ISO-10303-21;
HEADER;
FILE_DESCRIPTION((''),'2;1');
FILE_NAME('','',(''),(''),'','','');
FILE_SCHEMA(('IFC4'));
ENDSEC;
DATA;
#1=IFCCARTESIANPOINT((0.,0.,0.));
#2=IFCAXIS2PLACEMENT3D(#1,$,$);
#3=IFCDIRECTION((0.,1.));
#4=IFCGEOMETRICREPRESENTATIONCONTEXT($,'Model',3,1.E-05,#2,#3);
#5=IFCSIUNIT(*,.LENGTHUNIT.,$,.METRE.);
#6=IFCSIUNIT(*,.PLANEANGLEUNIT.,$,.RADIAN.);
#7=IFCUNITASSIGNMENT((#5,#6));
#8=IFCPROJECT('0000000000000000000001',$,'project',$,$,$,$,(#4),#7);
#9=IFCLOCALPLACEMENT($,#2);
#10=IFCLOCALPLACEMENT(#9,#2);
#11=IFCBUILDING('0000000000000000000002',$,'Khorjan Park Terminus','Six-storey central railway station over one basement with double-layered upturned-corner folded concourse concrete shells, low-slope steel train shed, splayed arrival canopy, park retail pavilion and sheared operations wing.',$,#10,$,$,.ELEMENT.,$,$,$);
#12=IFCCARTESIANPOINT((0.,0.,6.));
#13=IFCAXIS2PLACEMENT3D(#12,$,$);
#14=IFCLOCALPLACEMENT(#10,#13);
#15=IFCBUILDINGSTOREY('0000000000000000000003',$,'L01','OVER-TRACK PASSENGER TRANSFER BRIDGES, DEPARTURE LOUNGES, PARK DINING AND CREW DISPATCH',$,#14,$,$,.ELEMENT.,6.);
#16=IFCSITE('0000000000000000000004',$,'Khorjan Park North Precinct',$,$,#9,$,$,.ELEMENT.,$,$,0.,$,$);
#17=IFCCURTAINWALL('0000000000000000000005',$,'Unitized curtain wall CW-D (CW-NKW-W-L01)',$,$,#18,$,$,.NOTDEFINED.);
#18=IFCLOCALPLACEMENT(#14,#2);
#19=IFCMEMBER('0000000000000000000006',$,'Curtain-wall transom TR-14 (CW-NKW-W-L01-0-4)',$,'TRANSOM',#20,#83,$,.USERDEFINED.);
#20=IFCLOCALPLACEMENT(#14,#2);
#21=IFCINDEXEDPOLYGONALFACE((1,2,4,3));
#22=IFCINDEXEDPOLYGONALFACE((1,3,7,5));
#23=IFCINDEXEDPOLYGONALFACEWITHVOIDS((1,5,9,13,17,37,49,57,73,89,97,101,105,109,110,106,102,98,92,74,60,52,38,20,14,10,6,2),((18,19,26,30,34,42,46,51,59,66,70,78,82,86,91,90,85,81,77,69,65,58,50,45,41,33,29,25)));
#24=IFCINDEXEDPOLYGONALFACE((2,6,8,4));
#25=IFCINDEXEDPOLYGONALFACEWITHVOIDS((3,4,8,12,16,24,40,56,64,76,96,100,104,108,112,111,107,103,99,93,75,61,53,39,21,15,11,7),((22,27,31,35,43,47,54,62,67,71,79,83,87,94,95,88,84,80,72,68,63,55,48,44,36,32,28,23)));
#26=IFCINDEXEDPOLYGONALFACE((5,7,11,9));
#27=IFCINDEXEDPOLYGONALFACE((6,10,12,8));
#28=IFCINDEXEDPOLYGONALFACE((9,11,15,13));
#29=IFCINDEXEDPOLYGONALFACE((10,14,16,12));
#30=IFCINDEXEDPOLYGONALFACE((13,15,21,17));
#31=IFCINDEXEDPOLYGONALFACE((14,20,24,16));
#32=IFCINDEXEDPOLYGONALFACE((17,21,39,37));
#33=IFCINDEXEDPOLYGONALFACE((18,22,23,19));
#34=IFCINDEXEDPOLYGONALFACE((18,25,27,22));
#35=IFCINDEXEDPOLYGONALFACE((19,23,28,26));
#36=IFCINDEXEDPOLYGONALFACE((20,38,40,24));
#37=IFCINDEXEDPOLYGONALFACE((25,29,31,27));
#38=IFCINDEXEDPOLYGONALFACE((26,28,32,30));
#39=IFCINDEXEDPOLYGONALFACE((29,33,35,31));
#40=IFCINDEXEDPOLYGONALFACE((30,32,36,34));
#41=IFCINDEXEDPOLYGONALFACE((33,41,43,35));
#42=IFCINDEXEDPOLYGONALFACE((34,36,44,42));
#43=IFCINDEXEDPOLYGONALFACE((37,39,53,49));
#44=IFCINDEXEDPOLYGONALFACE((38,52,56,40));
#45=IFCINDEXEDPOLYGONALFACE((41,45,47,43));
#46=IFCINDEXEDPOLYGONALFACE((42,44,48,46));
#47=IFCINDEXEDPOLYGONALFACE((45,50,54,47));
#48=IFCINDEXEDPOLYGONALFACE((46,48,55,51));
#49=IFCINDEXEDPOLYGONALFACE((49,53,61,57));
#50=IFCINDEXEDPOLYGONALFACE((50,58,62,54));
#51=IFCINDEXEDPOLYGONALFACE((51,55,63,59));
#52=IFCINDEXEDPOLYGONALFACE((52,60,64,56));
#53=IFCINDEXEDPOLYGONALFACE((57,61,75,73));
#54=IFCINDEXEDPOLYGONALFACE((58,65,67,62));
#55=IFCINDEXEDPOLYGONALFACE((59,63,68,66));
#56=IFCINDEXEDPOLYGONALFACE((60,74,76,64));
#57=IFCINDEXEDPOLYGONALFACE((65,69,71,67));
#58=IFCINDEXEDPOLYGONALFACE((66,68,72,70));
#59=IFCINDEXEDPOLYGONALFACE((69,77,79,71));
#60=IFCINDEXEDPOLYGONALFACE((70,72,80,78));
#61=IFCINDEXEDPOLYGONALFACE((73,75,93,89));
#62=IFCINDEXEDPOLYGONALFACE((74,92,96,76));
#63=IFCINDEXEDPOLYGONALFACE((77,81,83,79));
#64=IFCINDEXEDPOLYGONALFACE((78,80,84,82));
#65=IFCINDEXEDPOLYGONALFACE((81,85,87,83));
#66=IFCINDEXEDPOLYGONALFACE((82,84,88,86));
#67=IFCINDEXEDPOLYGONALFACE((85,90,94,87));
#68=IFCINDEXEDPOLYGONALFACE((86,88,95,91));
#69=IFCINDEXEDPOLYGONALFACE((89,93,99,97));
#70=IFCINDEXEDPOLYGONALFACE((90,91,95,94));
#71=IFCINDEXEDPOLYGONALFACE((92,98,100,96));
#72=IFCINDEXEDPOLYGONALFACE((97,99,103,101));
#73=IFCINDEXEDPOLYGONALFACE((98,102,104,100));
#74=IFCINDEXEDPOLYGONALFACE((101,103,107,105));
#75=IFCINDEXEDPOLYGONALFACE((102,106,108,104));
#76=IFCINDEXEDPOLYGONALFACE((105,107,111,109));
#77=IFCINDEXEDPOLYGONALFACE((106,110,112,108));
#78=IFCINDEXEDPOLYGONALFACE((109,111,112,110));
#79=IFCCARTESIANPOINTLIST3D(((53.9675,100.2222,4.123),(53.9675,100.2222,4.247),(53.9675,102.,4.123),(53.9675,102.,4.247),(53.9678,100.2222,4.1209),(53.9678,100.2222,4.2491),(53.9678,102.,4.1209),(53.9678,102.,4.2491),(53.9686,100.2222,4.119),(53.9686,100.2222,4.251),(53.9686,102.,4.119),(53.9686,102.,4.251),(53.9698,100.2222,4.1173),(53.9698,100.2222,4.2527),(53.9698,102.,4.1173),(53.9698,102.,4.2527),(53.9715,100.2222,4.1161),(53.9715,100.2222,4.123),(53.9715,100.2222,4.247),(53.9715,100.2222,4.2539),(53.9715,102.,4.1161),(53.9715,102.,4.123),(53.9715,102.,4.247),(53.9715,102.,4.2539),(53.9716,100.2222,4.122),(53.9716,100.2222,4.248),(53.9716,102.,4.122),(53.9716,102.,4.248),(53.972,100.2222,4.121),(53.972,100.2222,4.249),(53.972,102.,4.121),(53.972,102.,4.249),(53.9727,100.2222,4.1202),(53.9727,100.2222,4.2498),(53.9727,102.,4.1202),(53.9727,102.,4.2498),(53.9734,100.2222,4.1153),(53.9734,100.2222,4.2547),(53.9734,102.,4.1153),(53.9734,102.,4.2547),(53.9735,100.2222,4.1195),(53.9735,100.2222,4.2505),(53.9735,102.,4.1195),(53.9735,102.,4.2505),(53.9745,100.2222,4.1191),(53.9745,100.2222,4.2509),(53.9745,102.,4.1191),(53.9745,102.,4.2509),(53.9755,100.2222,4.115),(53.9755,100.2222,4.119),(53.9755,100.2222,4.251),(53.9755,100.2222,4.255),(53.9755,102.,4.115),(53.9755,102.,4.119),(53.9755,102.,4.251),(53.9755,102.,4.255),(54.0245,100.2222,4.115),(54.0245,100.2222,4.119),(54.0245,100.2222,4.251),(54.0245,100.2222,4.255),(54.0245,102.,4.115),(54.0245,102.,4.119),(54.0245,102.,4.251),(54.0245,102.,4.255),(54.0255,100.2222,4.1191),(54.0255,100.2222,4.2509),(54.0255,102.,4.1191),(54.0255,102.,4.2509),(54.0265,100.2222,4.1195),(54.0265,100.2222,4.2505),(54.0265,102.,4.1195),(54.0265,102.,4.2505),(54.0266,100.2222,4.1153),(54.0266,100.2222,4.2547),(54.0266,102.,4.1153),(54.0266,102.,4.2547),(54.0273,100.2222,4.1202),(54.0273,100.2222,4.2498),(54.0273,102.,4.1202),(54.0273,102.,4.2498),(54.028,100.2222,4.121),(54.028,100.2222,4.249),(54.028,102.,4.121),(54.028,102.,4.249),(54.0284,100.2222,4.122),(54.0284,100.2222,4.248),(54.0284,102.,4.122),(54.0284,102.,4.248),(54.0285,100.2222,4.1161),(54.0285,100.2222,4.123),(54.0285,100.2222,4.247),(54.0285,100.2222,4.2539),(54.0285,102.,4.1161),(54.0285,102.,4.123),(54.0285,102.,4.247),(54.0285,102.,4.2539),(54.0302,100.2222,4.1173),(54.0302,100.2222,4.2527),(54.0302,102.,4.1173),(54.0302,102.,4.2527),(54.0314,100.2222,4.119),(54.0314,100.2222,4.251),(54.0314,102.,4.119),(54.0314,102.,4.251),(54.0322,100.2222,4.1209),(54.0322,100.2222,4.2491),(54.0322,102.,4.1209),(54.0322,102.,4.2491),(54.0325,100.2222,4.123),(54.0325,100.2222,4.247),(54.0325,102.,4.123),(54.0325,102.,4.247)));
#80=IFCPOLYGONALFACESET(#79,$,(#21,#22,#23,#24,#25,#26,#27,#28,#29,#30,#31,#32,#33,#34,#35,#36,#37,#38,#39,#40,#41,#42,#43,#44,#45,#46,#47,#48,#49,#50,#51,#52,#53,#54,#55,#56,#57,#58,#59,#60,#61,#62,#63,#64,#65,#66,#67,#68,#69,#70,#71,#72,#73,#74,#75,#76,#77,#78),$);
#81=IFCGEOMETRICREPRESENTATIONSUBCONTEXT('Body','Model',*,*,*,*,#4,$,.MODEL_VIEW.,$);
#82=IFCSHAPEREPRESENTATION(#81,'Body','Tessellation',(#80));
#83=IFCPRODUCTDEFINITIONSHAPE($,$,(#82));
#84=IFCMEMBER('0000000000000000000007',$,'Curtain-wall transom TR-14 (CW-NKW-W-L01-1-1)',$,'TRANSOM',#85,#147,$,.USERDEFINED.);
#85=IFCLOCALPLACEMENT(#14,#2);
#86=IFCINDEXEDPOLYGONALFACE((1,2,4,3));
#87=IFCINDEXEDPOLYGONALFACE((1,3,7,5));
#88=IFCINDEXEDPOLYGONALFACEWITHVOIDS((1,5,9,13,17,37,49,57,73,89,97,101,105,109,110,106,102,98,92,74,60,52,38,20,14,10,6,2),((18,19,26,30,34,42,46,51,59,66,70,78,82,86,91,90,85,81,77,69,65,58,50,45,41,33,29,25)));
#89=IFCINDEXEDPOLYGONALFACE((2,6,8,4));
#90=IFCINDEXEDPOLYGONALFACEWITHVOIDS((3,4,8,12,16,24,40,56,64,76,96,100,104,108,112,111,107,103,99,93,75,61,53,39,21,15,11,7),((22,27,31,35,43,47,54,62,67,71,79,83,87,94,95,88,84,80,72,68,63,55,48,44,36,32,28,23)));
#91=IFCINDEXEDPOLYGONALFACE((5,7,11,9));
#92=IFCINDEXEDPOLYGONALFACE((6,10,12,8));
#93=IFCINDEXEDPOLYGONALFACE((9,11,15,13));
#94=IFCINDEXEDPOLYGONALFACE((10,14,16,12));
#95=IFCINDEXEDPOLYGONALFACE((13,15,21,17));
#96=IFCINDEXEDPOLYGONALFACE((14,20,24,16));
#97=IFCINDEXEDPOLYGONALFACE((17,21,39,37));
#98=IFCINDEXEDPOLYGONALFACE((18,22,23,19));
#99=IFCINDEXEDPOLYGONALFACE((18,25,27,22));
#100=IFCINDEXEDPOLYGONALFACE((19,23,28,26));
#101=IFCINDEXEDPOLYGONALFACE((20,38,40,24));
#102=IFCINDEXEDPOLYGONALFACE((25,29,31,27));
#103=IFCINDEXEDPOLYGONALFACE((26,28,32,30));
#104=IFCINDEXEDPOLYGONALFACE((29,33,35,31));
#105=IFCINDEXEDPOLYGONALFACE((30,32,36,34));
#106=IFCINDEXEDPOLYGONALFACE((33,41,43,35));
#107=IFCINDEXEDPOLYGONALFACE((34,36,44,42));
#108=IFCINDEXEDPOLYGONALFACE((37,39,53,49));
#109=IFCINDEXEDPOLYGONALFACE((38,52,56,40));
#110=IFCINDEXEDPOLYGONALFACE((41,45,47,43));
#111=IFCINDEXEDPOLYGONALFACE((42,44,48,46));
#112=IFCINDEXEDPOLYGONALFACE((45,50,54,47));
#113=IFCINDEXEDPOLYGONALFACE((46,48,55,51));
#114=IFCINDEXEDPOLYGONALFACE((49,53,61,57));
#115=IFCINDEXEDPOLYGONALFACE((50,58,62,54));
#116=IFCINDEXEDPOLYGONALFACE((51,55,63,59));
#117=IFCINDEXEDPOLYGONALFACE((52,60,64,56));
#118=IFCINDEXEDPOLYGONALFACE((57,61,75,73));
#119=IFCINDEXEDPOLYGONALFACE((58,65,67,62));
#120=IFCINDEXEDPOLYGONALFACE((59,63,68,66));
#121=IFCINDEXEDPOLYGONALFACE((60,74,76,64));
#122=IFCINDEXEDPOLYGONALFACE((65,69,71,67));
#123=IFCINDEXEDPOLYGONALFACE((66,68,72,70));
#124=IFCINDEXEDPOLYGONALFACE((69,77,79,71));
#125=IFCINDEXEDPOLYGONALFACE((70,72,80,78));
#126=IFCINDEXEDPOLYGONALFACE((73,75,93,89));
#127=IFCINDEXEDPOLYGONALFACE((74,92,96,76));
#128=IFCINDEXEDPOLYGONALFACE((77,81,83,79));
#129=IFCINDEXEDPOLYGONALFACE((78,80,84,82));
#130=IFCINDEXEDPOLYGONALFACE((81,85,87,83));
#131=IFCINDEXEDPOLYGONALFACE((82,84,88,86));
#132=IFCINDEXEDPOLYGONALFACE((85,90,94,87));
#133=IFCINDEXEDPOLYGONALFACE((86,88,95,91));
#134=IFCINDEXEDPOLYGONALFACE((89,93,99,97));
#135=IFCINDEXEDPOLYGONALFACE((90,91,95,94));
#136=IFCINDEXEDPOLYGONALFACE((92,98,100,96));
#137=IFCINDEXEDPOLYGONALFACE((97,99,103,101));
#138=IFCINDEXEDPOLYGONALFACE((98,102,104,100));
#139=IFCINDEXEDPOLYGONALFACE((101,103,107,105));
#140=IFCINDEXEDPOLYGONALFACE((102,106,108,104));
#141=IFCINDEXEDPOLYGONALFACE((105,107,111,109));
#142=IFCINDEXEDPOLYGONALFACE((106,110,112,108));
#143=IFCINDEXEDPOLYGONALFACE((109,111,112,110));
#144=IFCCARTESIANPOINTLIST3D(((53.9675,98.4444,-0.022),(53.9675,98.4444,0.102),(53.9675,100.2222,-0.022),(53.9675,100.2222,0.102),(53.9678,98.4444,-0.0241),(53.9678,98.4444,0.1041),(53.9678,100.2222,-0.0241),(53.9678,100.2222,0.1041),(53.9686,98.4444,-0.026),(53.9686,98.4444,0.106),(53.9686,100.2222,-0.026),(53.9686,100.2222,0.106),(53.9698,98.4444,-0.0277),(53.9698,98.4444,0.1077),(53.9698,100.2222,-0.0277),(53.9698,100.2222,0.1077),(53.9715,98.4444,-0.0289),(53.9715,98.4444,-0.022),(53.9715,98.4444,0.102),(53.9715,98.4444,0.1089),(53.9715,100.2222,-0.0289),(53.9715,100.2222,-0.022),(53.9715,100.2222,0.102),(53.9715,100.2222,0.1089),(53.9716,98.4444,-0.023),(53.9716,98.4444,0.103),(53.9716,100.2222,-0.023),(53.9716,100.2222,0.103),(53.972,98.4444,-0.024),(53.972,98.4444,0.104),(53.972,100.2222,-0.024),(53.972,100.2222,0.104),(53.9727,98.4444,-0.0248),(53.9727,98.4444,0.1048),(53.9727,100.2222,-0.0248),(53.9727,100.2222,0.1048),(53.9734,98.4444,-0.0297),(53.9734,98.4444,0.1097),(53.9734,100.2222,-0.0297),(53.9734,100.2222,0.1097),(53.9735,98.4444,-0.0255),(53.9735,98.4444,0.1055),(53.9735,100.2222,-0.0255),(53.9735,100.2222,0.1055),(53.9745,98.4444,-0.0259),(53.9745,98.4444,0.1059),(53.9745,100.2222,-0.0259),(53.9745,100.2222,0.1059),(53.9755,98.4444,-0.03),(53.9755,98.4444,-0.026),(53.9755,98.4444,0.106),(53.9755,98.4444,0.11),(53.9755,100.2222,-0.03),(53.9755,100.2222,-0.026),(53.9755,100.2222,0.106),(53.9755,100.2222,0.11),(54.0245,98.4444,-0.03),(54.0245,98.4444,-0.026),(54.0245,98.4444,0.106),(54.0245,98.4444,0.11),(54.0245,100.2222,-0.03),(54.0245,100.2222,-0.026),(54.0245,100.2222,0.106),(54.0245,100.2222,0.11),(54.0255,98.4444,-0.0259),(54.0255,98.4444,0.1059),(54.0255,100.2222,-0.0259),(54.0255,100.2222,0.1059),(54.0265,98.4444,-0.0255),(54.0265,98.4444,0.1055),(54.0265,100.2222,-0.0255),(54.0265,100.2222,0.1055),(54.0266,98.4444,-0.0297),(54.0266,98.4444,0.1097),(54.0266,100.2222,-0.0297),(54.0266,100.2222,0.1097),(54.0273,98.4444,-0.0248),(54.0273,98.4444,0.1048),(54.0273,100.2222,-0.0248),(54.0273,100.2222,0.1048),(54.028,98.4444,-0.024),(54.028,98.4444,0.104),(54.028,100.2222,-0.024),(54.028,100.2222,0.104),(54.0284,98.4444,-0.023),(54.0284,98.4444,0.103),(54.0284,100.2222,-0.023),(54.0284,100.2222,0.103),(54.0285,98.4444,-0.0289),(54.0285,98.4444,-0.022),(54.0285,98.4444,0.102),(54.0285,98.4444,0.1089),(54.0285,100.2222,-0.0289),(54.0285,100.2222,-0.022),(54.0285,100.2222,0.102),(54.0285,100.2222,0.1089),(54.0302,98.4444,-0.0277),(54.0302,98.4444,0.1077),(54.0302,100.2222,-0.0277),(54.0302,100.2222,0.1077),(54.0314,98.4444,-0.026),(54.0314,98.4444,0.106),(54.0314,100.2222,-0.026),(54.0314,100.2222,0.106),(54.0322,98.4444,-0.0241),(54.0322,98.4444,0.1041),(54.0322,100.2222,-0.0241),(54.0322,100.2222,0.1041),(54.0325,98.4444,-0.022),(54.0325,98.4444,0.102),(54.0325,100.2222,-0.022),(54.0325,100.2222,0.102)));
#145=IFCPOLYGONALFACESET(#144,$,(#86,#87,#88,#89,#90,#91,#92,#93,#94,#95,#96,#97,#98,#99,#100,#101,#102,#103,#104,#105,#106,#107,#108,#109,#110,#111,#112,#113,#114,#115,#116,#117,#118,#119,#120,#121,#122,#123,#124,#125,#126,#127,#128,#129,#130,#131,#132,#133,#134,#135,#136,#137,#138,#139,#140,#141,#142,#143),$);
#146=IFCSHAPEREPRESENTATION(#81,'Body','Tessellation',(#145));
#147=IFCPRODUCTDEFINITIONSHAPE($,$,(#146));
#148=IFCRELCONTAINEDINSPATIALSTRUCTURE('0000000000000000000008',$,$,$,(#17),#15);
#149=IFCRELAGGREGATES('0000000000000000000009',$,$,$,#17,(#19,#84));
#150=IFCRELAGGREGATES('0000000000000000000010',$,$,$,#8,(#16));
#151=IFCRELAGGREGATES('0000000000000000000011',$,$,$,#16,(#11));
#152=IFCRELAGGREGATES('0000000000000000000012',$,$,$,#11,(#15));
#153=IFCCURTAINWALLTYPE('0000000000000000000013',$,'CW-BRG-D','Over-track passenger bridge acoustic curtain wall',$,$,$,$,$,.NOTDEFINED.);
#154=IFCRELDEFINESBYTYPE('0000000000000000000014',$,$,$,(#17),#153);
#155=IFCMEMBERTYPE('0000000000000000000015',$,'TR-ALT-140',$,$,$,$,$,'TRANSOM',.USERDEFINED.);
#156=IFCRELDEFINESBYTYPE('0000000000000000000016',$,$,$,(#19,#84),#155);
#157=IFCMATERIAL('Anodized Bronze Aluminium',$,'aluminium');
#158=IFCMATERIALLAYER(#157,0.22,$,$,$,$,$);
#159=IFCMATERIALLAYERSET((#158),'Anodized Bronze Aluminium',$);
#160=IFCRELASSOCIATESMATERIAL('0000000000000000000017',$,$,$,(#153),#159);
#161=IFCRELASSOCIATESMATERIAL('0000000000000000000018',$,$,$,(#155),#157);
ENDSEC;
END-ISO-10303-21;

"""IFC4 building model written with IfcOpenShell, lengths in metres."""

from ifc_helpers import new_model, si_unit, direction, frame, origin, origin_2d, place, context, subcontext, project, spatial, hollow_rectangle, extrude, material, layer, layer_set, material_profile, profile_set, type_object, element, aggregate, save


model = new_model("IFC4")

# Units and contexts
model_context = context("Model", 3, precision=1e-05, world=origin(), true_north=direction((0.0, 1.0)))
body_context = subcontext(model_context, "Body", "Model", "MODEL_VIEW")
ifc_project = project(units=[si_unit("LENGTHUNIT", "METRE"), si_unit("PLANEANGLEUNIT", "RADIAN")], contexts=[model_context])

# Site, building, storey
site_placement = place(None, origin())
site = spatial("IfcSite", under=ifc_project, at=site_placement, Name="Khorjan Park North Precinct", CompositionType="ELEMENT", RefElevation=0.0)
building_placement = place(site_placement, origin())
building = spatial("IfcBuilding", under=site, at=building_placement, Name="Khorjan Park Terminus", Description="Six-storey central railway station over one basement with double-layered upturned-corner folded concourse concrete shells, low-slope steel train shed, splayed arrival canopy, park retail pavilion and sheared operations wing.", CompositionType="ELEMENT")
storey_placement = place(building_placement, frame((0.0, 0.0, 6.0)))
storey = spatial("IfcBuildingStorey", under=building, at=storey_placement, Name="L01", Description="OVER-TRACK PASSENGER TRANSFER BRIDGES, DEPARTURE LOUNGES, PARK DINING AND CREW DISPATCH", CompositionType="ELEMENT", Elevation=6.0)

# Curtain wall, members
ifc_material_1 = material(Name="Anodized Bronze Aluminium", Category="aluminium")
ifc_layer_1 = layer(ifc_material_1, 0.22)
ifc_layer_set_1 = layer_set([ifc_layer_1], Name="Anodized Bronze Aluminium")
curtain_wall_type = type_object("IfcCurtainWallType", Name="CW-BRG-D", Description="Over-track passenger bridge acoustic curtain wall", PredefinedType="NOTDEFINED", material=ifc_layer_set_1)
curtain_wall_placement = place(storey_placement, origin())
curtain_wall = element("IfcCurtainWall", 1, at=curtain_wall_placement, inside=storey, type_object=curtain_wall_type, Name="Unitized curtain wall CW-D (CW-NKW-W-L01)", PredefinedType="NOTDEFINED")
ifc_material_profile_1 = material_profile(ifc_material_1, hollow_rectangle(XDim=0.065, YDim=0.14, WallThickness=0.004, InnerFilletRadius=0.004, OuterFilletRadius=0.008, at=origin_2d()), Name="ALT 65x140x4")
ifc_profile_set_1 = profile_set([ifc_material_profile_1], Name="Anodized Bronze Aluminium")
member_type_1 = type_object("IfcMemberType", Name="TR-ALT-140", ElementType="TRANSOM", PredefinedType="USERDEFINED", material=ifc_profile_set_1)
member_1_placement = place(storey_placement, frame((54.0, 102.0, 4.185), z_axis=(0.0, -1.0, 0.0), x_axis=(1.0, 0.0, 0.0)))
member_1 = element("IfcMember", 2, at=member_1_placement, type_object=member_type_1, Name="Curtain-wall transom TR-14 (CW-NKW-W-L01-0-4)", ObjectType="TRANSOM", PredefinedType="USERDEFINED", context=body_context, shape_type="SweptSolid", body=[
    extrude(hollow_rectangle(XDim=0.065, YDim=0.14, WallThickness=0.004, InnerFilletRadius=0.004, OuterFilletRadius=0.008, at=origin_2d()), origin(), (0.0, 0.0, 1.0), 1.7778),
])
member_2_placement = place(storey_placement, frame((54.0, 100.2222, 0.04), z_axis=(0.0, -1.0, 0.0), x_axis=(1.0, 0.0, 0.0)))
member_2 = element("IfcMember", 3, at=member_2_placement, type_object=member_type_1, Name="Curtain-wall transom TR-14 (CW-NKW-W-L01-1-1)", ObjectType="TRANSOM", PredefinedType="USERDEFINED", context=body_context, shape_type="SweptSolid", body=[
    extrude(hollow_rectangle(XDim=0.065, YDim=0.14, WallThickness=0.004, InnerFilletRadius=0.004, OuterFilletRadius=0.008, at=origin_2d()), origin(), (0.0, 0.0, 1.0), 1.7778),
])
aggregate(curtain_wall, [member_1, member_2])

save(model, "model.ifc")
